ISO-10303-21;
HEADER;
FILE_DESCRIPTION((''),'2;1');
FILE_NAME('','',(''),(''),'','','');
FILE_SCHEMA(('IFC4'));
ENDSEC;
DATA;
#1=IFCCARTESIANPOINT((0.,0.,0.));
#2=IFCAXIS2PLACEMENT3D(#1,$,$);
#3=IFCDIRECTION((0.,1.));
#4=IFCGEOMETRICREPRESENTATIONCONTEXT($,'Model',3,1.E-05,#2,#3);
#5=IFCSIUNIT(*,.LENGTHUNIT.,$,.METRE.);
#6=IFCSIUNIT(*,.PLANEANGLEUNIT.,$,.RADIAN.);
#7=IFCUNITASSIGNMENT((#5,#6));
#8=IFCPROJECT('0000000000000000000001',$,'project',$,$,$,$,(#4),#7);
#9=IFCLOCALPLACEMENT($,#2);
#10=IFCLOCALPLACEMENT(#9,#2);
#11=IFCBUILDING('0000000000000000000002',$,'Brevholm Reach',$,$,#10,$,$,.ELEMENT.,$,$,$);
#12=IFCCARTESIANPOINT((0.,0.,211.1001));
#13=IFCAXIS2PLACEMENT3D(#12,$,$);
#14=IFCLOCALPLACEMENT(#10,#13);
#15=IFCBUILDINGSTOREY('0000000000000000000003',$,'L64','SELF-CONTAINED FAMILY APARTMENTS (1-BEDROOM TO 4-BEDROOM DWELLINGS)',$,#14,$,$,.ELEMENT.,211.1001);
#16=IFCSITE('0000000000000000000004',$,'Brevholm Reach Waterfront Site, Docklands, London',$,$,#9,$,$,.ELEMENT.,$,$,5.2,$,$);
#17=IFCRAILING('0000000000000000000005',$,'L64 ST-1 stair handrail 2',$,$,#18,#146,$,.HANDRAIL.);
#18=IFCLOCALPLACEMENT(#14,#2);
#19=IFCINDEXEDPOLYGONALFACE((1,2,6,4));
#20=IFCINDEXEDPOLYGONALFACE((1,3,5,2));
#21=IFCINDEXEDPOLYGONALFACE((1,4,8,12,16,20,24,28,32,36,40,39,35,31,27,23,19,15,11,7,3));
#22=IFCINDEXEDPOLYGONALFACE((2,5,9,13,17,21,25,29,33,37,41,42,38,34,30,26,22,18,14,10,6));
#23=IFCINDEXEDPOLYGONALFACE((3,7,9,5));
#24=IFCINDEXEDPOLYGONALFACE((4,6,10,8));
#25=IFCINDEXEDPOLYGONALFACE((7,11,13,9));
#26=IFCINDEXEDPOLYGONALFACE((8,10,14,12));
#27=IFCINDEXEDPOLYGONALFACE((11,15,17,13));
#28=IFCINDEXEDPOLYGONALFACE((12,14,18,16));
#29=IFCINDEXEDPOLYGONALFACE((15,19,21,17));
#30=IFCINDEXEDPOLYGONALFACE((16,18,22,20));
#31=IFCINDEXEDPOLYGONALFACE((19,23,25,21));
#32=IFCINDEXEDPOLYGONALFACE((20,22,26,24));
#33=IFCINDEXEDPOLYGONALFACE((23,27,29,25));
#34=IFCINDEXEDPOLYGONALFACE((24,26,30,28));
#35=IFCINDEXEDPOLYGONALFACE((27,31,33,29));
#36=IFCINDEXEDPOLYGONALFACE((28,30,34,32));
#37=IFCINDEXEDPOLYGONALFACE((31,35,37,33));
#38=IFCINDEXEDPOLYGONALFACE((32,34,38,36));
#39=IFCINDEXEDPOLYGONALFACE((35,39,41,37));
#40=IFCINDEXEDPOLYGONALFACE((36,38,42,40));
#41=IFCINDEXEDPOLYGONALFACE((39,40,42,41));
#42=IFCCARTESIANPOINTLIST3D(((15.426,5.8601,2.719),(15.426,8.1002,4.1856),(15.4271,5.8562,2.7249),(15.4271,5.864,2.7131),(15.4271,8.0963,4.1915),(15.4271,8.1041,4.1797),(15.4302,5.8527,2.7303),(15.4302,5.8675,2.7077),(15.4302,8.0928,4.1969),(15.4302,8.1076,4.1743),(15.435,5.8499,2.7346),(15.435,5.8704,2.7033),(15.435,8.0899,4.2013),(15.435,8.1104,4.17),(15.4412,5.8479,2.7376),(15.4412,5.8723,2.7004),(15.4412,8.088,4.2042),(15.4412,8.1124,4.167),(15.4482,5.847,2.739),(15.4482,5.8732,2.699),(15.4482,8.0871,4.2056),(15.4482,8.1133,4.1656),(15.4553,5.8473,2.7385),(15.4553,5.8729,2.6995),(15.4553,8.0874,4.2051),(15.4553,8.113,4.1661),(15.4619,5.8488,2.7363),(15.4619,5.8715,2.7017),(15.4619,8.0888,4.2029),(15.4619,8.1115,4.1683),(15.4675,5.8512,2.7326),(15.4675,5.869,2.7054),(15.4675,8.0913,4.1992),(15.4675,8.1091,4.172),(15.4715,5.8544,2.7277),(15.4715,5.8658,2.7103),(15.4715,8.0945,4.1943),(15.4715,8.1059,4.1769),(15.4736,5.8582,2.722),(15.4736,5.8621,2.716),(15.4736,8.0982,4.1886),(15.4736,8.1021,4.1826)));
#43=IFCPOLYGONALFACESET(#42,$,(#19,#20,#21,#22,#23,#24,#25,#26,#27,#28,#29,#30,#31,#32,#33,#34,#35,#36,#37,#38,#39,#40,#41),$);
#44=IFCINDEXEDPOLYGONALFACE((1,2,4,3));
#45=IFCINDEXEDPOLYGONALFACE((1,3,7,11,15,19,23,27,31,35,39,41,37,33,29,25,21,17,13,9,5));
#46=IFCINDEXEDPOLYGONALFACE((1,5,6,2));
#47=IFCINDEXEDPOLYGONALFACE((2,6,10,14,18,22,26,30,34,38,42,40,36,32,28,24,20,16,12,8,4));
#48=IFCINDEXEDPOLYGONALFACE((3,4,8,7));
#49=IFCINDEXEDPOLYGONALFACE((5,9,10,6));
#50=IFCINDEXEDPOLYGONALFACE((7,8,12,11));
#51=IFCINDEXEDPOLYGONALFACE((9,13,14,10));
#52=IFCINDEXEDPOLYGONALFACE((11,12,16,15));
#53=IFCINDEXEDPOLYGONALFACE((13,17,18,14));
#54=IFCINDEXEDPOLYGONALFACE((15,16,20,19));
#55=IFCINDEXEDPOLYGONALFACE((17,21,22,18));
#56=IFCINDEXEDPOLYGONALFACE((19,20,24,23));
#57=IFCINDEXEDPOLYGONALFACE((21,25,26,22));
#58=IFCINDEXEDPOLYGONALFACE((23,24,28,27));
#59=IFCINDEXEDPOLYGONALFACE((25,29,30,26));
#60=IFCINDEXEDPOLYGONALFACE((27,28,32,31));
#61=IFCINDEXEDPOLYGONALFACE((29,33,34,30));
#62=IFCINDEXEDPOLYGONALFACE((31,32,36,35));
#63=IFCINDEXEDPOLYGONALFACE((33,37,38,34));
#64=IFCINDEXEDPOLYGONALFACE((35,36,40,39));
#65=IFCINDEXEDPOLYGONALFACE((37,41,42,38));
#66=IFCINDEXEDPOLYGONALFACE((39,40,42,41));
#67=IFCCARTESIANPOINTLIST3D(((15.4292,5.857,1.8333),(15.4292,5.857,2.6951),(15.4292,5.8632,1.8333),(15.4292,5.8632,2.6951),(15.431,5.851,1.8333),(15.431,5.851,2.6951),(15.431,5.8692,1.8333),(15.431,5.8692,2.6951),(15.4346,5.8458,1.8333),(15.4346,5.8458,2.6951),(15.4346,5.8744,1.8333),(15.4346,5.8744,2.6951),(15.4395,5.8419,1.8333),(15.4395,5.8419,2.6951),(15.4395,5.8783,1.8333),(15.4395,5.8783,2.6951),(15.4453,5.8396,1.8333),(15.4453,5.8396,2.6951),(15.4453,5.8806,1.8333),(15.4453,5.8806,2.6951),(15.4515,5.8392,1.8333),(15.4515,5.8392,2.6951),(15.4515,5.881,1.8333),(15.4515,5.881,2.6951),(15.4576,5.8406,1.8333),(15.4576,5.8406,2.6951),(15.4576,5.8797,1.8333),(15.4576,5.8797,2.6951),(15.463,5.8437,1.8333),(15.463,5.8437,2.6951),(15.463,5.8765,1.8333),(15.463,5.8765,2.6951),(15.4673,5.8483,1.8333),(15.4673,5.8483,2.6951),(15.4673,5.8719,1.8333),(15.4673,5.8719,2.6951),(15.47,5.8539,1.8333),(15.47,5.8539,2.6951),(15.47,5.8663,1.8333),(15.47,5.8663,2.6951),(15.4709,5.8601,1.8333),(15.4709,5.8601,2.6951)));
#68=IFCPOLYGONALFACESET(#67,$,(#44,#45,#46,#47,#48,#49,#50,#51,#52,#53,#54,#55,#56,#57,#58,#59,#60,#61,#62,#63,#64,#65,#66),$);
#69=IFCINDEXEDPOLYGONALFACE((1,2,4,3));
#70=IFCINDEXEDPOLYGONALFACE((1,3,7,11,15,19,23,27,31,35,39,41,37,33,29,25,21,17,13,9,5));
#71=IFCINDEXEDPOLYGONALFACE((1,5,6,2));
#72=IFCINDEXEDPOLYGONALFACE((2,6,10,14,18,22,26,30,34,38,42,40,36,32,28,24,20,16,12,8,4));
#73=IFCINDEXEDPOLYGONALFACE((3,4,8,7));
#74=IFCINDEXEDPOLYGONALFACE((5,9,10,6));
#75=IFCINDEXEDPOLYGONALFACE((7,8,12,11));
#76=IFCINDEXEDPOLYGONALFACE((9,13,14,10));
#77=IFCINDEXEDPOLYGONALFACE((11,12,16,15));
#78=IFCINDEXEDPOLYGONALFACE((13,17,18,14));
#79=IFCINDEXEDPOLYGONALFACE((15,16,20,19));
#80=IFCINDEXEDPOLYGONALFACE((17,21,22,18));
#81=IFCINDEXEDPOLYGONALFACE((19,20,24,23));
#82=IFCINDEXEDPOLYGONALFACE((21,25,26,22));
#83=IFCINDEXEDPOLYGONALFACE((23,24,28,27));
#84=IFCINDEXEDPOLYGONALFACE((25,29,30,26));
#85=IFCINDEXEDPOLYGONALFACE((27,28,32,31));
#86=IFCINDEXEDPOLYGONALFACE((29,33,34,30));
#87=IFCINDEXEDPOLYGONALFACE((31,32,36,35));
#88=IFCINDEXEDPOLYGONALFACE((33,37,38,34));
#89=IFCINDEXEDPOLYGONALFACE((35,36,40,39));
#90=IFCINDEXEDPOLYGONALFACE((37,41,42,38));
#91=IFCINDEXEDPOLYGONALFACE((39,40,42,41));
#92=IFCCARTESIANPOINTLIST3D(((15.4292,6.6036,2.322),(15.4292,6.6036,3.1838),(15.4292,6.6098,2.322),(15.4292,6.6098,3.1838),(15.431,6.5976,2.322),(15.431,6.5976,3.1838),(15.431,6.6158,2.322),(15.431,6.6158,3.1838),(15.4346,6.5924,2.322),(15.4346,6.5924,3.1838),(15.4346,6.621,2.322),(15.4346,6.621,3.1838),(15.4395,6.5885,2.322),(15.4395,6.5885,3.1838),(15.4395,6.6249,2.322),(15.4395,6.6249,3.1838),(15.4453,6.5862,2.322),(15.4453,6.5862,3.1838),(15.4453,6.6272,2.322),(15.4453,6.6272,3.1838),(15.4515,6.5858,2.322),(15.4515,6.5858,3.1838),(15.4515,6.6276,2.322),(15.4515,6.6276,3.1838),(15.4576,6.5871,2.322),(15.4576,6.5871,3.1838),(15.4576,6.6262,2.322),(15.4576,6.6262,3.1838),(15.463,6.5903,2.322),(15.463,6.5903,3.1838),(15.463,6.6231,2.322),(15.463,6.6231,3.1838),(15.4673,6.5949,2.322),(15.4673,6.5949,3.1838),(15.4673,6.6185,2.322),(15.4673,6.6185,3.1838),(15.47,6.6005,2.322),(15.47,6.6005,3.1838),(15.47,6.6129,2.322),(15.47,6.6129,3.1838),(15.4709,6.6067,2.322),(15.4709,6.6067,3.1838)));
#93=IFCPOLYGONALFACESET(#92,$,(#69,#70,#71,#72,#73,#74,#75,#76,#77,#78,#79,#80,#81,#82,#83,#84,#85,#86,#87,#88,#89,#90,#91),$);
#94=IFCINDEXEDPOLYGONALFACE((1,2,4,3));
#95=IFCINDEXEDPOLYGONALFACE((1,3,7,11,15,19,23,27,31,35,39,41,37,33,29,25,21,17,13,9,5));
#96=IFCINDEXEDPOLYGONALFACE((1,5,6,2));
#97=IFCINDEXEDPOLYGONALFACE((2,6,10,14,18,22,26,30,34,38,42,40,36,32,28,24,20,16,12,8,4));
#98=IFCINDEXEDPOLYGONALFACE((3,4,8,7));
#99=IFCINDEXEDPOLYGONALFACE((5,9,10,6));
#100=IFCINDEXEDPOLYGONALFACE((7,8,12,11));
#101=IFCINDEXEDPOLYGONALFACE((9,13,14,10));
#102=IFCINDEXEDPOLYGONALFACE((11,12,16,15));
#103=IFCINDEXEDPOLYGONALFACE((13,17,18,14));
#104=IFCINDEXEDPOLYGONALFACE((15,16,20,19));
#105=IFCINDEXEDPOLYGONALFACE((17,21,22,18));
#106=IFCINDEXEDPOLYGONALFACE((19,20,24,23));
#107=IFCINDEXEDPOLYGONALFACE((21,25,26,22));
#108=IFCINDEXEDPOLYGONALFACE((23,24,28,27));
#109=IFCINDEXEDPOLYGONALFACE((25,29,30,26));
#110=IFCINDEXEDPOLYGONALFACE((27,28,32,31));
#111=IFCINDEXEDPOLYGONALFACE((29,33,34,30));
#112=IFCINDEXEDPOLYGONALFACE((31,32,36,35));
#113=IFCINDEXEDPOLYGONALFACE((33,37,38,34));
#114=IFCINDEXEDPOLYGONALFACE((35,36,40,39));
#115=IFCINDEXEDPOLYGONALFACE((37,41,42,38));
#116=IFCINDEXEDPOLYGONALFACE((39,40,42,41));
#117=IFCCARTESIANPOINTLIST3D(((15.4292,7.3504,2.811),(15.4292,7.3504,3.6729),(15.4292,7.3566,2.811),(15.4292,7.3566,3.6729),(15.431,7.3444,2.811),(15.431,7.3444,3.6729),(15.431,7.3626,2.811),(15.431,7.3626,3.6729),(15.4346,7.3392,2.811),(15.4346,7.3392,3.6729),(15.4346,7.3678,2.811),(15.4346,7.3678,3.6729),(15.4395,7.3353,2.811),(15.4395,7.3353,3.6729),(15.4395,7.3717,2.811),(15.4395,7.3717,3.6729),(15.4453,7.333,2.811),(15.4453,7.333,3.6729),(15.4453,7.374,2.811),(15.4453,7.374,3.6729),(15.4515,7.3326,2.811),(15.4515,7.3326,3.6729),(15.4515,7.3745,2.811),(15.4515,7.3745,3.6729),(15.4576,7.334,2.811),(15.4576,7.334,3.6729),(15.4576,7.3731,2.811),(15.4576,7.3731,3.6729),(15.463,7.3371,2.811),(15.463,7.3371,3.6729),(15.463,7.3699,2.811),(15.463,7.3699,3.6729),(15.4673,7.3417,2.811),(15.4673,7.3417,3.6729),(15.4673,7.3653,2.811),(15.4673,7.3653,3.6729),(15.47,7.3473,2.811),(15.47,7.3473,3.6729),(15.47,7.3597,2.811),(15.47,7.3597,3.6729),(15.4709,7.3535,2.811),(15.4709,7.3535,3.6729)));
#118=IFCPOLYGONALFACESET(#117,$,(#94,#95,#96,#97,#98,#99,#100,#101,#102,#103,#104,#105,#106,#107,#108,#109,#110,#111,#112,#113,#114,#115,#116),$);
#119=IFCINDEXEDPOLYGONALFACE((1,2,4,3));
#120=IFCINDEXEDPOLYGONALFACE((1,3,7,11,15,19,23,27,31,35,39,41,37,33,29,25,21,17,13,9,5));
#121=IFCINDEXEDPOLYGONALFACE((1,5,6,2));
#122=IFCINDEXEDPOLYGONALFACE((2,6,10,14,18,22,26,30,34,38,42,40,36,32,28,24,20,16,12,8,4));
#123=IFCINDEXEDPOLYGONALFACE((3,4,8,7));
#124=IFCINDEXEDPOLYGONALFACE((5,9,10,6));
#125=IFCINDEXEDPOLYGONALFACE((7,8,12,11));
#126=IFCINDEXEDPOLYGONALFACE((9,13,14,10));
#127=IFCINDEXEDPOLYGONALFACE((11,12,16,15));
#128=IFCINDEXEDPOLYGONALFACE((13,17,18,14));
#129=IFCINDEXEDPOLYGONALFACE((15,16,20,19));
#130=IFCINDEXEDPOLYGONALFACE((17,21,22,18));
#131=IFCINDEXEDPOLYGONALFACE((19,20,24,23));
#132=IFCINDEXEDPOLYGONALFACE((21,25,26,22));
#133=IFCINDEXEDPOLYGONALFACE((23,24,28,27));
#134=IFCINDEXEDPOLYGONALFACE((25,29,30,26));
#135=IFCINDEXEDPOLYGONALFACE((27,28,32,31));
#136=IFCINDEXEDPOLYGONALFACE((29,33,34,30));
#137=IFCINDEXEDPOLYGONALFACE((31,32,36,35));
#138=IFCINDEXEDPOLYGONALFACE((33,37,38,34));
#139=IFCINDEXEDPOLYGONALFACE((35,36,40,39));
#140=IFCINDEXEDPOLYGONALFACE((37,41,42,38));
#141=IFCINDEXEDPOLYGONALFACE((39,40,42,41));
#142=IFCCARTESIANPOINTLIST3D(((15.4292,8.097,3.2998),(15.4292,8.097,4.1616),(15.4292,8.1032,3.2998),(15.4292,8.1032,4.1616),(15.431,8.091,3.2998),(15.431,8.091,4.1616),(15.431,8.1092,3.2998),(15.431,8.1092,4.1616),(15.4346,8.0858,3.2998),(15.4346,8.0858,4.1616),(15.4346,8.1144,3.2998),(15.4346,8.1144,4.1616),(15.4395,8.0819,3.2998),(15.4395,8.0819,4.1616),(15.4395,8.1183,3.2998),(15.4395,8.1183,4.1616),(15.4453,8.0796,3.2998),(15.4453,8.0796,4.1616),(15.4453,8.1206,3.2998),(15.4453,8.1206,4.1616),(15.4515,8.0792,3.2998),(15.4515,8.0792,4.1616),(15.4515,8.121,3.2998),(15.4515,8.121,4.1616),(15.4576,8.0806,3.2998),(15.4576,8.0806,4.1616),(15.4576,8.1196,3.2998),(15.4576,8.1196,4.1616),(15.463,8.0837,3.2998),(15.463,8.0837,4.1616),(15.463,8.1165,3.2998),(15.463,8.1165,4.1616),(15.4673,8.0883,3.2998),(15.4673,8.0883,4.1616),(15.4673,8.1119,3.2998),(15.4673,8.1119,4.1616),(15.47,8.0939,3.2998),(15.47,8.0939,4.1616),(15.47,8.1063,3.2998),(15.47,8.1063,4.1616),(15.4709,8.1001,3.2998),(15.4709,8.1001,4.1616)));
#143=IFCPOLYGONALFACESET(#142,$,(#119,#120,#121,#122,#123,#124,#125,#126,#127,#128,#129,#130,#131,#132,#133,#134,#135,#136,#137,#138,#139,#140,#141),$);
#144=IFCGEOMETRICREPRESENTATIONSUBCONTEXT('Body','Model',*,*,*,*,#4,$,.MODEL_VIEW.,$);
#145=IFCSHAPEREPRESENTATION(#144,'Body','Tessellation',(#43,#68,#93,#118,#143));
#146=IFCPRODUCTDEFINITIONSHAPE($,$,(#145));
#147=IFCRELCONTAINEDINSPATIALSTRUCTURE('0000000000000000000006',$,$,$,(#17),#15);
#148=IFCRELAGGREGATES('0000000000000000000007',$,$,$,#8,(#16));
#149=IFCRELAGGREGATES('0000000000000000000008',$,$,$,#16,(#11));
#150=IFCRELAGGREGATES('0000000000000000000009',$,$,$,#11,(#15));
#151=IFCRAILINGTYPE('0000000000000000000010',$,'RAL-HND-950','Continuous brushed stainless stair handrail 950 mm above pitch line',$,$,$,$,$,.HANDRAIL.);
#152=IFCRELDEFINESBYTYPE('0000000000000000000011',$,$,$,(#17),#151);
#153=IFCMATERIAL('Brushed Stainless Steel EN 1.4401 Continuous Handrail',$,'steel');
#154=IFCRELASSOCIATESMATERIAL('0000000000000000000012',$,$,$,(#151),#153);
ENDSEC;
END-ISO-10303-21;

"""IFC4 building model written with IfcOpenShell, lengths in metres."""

from ifc_helpers import new_model, si_unit, direction, frame, origin, origin_2d, place, context, subcontext, project, spatial, circle, extrude, material, type_object, element, save


model = new_model("IFC4")

# Units and contexts
model_context = context("Model", 3, precision=1e-05, world=origin(), true_north=direction((0.0, 1.0)))
body_context = subcontext(model_context, "Body", "Model", "MODEL_VIEW")
ifc_project = project(units=[si_unit("LENGTHUNIT", "METRE"), si_unit("PLANEANGLEUNIT", "RADIAN")], contexts=[model_context])

# Site, building, storey
site_placement = place(None, origin())
site = spatial("IfcSite", under=ifc_project, at=site_placement, Name="Brevholm Reach Waterfront Site, Docklands, London", CompositionType="ELEMENT", RefElevation=5.2)
building_placement = place(site_placement, origin())
building = spatial("IfcBuilding", under=site, at=building_placement, Name="Brevholm Reach", CompositionType="ELEMENT")
storey_placement = place(building_placement, frame((0.0, 0.0, 211.1001)))
storey = spatial("IfcBuildingStorey", under=building, at=storey_placement, Name="L64", Description="SELF-CONTAINED FAMILY APARTMENTS (1-BEDROOM TO 4-BEDROOM DWELLINGS)", CompositionType="ELEMENT", Elevation=211.1001)

# Railing
ifc_material_1 = material(Name="Brushed Stainless Steel EN 1.4401 Continuous Handrail", Category="steel")
railing_type_1 = type_object("IfcRailingType", Name="RAL-HND-950", Description="Continuous brushed stainless stair handrail 950 mm above pitch line", PredefinedType="HANDRAIL", material=ifc_material_1)
railing_1_placement = place(storey_placement, frame((15.45, 5.8601, 1.8333)))
element("IfcRailing", 1, at=railing_1_placement, inside=storey, type_object=railing_type_1, Name="L64 ST-1 stair handrail 2", PredefinedType="HANDRAIL", context=body_context, shape_type="SweptSolid", body=[
    extrude(circle(Radius=0.0239, at=origin_2d()), frame((0.0, 0.0, 0.8857), z_axis=(0.0, 0.836637, 0.547758), x_axis=(-1.0, 0.0, 0.0)), (0.0, 0.0, 1.0), 2.6775),
    extrude(circle(Radius=0.021, at=origin_2d()), origin(), (0.0, 0.0, 1.0), 0.8618),
    extrude(circle(Radius=0.021, at=origin_2d()), frame((0.0, 0.7466, 0.4888)), (0.0, 0.0, 1.0), 0.8618),
    extrude(circle(Radius=0.021, at=origin_2d()), frame((0.0, 1.4934, 0.9778)), (0.0, 0.0, 1.0), 0.8618),
    extrude(circle(Radius=0.021, at=origin_2d()), frame((0.0, 2.24, 1.4666)), (0.0, 0.0, 1.0), 0.8618),
])

save(model, "model.ifc")
